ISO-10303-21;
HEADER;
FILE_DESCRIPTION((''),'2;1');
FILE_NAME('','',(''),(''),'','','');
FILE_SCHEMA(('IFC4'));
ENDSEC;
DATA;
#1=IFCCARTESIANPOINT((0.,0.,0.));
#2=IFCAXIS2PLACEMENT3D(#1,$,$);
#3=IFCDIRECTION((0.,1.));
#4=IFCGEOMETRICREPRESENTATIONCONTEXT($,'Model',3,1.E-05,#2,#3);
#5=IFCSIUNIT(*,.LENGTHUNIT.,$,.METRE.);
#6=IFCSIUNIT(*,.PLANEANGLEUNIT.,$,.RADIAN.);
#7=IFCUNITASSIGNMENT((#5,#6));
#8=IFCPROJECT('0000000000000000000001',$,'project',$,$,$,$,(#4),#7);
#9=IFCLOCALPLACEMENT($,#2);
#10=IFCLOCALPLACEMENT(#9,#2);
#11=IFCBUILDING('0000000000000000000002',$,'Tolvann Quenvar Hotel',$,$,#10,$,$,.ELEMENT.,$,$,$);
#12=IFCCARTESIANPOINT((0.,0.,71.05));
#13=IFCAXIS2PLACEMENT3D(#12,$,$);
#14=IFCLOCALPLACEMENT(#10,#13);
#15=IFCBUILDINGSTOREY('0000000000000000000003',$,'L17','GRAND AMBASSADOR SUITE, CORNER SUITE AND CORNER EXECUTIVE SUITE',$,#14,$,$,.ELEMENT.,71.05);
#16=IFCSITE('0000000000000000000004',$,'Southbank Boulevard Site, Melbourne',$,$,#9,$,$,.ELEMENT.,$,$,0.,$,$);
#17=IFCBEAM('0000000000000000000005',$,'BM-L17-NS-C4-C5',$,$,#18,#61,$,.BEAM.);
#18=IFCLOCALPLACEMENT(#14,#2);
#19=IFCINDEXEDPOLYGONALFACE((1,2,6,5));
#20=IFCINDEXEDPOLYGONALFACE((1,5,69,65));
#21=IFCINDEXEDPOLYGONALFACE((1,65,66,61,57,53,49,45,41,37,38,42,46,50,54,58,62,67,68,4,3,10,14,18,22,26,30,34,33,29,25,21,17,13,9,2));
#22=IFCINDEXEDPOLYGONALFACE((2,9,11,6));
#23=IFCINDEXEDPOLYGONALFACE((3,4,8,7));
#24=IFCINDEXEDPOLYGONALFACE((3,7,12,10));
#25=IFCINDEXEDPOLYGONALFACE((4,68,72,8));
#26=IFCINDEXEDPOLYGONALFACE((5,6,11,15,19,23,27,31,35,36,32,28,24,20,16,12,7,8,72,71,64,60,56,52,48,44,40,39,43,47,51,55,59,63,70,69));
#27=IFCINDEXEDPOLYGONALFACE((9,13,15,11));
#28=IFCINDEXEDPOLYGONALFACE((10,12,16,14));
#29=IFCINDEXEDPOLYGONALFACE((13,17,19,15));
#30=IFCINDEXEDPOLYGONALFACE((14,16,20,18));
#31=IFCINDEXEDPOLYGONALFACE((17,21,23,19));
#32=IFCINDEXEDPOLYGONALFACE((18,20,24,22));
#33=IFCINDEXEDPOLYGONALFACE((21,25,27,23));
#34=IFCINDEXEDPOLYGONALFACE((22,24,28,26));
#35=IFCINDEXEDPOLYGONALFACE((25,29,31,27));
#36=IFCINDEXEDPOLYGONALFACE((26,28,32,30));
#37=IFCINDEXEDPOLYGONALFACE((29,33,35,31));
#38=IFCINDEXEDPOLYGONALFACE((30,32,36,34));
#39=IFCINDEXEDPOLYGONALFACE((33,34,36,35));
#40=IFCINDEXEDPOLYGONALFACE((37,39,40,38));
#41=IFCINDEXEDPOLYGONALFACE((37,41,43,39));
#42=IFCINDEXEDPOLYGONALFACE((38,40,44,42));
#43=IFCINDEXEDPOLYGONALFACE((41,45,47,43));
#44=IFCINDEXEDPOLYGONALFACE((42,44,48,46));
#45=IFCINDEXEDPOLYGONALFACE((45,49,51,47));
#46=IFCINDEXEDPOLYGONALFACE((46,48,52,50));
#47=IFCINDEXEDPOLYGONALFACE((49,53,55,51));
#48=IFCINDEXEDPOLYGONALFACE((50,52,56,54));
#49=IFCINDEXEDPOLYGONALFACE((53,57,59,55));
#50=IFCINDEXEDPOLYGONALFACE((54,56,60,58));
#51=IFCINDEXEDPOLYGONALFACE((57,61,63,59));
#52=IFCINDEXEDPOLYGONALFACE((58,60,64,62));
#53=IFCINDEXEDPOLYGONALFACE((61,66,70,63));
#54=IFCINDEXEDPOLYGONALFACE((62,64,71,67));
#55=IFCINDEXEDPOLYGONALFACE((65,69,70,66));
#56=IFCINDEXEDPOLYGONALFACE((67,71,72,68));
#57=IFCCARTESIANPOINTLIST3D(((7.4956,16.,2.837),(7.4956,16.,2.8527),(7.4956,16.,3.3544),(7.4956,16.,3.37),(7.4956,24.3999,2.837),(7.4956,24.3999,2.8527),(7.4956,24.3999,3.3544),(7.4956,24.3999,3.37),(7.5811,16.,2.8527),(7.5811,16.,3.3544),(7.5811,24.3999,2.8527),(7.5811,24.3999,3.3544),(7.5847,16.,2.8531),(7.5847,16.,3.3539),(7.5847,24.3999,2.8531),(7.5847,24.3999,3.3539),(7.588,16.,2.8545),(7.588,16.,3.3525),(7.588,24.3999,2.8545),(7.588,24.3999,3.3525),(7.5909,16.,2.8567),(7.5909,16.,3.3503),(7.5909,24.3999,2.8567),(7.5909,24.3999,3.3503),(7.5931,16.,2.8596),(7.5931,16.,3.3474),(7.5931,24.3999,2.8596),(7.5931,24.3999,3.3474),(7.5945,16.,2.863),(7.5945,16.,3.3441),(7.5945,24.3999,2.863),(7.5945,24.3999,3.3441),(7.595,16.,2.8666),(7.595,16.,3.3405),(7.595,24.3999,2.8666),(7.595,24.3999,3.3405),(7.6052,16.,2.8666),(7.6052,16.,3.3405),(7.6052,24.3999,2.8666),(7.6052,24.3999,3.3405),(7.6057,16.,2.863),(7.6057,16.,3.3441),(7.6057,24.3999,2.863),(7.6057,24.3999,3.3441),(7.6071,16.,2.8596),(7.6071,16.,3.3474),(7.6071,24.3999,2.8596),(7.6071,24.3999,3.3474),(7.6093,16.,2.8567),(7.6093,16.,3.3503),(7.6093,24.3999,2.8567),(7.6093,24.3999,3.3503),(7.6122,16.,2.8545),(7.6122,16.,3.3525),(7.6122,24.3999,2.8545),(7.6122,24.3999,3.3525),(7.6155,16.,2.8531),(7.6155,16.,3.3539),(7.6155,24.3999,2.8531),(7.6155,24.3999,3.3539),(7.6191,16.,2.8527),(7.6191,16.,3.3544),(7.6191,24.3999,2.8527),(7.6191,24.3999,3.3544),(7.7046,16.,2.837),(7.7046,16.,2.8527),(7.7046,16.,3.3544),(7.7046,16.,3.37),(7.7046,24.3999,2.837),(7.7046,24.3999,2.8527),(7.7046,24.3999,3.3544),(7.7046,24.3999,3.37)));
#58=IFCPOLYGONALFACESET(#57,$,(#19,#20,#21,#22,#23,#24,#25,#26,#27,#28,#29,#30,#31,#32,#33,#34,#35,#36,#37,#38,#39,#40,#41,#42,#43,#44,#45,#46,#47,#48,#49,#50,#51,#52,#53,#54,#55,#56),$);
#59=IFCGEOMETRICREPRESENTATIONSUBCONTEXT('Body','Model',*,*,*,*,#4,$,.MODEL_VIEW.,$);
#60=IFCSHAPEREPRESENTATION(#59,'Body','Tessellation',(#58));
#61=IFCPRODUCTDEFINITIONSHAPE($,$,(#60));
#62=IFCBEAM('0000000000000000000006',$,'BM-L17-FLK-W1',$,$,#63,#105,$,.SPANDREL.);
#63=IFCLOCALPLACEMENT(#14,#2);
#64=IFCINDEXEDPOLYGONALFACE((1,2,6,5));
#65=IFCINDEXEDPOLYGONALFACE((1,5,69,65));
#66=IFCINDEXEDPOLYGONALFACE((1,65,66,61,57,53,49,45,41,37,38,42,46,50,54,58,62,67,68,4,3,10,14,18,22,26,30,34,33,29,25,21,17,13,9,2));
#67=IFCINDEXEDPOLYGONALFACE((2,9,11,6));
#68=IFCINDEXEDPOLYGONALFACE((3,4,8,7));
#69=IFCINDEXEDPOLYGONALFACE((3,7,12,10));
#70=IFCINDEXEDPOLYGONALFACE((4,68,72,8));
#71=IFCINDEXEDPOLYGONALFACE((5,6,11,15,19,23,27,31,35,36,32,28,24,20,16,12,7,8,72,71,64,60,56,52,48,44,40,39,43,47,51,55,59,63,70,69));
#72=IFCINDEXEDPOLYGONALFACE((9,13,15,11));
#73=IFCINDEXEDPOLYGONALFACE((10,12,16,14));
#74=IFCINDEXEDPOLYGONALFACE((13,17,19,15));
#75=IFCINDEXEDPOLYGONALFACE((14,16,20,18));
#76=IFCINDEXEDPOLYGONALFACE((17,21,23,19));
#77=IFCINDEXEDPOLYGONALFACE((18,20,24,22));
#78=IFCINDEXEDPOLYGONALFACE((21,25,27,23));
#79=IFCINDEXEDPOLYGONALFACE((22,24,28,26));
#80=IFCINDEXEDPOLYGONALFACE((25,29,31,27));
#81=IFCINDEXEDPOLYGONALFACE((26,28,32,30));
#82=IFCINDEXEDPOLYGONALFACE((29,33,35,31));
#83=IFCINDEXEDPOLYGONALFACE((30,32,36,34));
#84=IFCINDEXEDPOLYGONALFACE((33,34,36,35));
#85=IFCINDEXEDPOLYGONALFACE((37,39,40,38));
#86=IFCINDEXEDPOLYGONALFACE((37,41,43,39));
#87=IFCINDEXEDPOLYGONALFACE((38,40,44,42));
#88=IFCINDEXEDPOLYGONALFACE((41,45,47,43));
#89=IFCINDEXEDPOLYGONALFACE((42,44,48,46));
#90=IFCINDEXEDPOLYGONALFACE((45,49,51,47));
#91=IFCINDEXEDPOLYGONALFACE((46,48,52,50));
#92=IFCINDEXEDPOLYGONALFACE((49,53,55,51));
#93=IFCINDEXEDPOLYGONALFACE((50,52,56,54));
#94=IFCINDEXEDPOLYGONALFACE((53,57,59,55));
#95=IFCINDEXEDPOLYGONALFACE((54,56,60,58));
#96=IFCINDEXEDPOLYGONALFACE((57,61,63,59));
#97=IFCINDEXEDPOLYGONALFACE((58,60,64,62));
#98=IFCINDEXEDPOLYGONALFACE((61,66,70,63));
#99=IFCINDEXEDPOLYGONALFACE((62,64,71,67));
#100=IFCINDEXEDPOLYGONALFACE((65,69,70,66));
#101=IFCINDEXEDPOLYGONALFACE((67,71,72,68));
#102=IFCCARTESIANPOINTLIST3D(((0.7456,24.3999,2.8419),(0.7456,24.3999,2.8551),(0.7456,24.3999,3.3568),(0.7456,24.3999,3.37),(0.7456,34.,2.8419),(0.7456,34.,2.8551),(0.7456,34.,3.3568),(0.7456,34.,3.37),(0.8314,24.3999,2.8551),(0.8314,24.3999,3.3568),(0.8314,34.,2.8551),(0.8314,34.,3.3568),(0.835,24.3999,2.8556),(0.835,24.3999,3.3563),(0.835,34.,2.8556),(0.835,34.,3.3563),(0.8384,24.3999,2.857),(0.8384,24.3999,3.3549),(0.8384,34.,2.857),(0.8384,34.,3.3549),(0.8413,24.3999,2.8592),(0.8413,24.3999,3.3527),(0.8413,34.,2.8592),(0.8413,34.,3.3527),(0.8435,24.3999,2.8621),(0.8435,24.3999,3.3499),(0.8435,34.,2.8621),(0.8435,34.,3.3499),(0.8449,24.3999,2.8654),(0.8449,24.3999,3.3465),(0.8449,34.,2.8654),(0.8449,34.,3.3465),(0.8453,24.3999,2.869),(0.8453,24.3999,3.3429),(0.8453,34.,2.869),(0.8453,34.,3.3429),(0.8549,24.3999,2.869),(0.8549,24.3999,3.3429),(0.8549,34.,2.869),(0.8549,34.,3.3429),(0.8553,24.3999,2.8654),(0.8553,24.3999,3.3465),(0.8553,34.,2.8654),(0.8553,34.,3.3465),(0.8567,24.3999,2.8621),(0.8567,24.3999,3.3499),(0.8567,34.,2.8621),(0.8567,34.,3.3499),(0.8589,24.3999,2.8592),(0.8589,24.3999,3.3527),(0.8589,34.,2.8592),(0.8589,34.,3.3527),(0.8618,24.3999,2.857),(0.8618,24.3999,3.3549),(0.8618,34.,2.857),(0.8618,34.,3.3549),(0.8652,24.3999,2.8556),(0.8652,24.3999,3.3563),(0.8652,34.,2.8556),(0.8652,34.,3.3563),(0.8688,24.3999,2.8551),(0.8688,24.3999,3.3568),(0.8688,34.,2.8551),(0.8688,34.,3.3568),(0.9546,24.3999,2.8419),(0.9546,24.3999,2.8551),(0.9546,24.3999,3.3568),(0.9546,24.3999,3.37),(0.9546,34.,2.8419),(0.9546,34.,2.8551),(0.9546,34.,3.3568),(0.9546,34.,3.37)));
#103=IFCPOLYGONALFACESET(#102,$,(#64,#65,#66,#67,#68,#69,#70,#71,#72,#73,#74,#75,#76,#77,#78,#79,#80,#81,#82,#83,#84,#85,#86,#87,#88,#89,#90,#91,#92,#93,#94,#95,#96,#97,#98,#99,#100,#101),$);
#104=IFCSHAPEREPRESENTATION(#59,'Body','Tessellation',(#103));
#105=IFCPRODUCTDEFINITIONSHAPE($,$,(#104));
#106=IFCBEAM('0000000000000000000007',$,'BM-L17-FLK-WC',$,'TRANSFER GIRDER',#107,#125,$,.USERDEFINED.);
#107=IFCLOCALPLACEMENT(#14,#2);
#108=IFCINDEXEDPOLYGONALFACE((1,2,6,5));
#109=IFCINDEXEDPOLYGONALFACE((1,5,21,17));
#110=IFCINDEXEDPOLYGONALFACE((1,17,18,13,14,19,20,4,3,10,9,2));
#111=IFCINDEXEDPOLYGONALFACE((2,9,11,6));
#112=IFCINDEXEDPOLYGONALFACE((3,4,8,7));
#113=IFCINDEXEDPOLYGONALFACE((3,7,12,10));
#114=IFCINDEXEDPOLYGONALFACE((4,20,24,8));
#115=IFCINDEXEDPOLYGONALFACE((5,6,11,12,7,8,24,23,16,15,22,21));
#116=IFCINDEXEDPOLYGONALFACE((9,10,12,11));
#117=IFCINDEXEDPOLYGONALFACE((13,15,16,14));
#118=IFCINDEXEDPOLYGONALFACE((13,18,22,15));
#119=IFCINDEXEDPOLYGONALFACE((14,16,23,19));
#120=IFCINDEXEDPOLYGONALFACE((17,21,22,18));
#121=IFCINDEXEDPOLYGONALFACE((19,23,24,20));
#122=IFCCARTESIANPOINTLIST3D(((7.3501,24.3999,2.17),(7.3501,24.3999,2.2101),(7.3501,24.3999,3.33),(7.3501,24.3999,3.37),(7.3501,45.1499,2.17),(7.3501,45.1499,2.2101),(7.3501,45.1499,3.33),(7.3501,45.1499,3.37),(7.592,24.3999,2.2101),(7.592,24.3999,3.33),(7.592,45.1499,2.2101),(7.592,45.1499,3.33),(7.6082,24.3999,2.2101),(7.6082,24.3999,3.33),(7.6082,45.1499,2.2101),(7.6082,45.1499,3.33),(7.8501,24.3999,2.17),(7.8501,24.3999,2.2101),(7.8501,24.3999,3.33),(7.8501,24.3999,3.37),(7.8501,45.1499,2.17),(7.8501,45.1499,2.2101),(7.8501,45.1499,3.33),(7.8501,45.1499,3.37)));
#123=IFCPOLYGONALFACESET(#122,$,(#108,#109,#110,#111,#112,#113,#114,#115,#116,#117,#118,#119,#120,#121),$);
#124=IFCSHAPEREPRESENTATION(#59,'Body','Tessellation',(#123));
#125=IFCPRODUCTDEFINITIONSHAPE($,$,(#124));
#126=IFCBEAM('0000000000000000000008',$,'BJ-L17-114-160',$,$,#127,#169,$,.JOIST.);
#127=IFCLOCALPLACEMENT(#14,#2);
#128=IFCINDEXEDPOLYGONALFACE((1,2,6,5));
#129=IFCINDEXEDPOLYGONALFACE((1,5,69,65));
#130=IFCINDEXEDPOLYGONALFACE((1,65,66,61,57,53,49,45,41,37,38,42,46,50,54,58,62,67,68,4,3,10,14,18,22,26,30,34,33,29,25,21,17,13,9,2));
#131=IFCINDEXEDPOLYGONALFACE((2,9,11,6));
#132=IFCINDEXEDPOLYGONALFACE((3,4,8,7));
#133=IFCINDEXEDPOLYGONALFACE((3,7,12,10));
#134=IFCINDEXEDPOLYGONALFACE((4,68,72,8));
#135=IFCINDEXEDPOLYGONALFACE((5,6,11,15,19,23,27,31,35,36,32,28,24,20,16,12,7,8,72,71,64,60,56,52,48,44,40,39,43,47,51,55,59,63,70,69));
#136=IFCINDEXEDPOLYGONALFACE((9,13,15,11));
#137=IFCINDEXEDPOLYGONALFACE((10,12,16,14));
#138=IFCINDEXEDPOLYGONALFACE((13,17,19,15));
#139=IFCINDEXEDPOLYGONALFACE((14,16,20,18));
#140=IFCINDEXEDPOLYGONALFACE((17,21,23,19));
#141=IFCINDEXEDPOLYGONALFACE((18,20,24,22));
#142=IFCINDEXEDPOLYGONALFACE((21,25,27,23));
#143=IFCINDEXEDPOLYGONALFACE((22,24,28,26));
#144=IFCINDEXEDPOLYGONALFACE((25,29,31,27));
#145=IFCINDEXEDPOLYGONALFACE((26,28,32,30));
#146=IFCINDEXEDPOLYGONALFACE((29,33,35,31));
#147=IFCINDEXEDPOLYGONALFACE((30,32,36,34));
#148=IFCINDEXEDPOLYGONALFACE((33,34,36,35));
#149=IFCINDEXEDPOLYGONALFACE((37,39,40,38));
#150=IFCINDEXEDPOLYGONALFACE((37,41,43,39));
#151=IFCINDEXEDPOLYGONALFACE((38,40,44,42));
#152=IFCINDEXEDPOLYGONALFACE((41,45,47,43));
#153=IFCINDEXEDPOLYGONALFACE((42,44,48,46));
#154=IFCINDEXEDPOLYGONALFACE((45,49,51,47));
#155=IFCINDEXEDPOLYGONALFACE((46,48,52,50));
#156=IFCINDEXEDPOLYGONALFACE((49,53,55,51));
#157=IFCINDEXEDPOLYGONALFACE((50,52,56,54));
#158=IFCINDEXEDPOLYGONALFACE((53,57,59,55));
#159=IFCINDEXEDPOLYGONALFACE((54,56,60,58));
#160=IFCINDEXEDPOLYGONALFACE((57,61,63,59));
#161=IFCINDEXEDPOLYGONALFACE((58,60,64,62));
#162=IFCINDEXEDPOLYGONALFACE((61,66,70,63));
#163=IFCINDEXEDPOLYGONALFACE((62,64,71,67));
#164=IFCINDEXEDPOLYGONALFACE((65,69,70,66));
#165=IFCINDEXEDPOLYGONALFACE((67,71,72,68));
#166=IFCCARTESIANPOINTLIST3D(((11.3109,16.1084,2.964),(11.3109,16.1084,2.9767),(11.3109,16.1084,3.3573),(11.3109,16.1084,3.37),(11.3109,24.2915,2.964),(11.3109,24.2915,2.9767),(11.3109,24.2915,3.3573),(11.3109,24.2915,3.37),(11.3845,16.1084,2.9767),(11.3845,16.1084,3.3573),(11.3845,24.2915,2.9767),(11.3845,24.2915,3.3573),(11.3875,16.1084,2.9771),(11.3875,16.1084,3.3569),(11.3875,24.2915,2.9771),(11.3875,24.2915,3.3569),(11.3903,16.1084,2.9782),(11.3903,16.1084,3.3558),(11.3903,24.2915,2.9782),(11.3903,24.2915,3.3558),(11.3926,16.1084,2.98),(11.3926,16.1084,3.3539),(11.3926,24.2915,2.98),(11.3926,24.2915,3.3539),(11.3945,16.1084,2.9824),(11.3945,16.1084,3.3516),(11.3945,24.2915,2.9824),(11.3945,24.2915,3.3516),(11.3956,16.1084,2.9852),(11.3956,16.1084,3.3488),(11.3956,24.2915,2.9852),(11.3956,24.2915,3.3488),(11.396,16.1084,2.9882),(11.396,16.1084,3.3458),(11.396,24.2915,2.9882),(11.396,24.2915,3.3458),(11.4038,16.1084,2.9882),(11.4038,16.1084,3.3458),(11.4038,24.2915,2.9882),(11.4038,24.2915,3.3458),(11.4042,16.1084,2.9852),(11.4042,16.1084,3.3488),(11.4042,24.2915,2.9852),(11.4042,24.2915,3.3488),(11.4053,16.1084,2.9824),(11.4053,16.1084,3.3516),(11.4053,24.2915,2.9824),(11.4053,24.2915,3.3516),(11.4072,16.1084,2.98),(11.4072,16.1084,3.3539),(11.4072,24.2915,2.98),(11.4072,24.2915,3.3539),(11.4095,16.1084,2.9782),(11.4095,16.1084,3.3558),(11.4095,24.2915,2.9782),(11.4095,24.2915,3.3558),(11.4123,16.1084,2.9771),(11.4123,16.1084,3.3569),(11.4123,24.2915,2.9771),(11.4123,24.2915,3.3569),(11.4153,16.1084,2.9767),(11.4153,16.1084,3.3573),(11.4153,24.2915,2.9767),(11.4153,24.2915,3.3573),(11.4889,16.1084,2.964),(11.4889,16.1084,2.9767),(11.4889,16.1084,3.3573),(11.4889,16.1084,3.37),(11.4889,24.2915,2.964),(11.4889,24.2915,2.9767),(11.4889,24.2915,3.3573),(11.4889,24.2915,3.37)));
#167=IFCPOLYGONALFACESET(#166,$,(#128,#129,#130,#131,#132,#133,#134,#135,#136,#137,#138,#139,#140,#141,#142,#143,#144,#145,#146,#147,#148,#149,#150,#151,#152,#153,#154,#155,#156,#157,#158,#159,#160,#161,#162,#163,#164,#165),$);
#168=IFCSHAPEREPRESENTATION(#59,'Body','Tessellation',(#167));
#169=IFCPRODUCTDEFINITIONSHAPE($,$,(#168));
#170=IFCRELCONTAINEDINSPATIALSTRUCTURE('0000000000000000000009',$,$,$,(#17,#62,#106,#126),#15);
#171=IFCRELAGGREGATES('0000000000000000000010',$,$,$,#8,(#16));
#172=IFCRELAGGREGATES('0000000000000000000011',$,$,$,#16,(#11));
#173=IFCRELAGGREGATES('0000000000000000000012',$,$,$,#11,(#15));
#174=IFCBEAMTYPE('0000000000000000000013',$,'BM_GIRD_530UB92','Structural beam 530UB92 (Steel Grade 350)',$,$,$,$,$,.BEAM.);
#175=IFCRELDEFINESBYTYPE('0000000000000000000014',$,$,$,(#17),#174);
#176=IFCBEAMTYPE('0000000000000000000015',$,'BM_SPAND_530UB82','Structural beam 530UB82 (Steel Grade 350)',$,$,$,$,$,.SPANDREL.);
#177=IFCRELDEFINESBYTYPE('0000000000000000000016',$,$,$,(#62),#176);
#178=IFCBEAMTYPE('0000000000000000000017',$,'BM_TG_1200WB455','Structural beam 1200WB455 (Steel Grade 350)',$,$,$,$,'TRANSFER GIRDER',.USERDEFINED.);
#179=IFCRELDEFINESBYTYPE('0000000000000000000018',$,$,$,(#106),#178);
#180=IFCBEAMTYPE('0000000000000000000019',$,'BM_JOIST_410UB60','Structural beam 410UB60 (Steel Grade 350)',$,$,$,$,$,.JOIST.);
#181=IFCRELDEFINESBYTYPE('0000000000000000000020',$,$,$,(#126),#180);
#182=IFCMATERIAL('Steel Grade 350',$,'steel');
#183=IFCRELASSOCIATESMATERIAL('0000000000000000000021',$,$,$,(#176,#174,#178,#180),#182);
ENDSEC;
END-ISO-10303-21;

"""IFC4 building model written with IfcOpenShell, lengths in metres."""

from ifc_helpers import new_model, si_unit, direction, frame, origin, origin_2d, place, context, subcontext, project, spatial, i_section, extrude, source, transform, mapped, material, material_profile, profile_set, type_object, type_shapes, element, save


model = new_model("IFC4")

# Units and contexts
model_context = context("Model", 3, precision=1e-05, world=origin(), true_north=direction((0.0, 1.0)))
body_context = subcontext(model_context, "Body", "Model", "MODEL_VIEW")
ifc_project = project(units=[si_unit("LENGTHUNIT", "METRE"), si_unit("PLANEANGLEUNIT", "RADIAN")], contexts=[model_context])

# Site, building, storey
site_placement = place(None, origin())
site = spatial("IfcSite", under=ifc_project, at=site_placement, Name="Southbank Boulevard Site, Melbourne", CompositionType="ELEMENT", RefElevation=0.0)
building_placement = place(site_placement, origin())
building = spatial("IfcBuilding", under=site, at=building_placement, Name="Tolvann Quenvar Hotel", CompositionType="ELEMENT")
storey_placement = place(building_placement, frame((0.0, 0.0, 71.05)))
storey = spatial("IfcBuildingStorey", under=building, at=storey_placement, Name="L17", Description="GRAND AMBASSADOR SUITE, CORNER SUITE AND CORNER EXECUTIVE SUITE", CompositionType="ELEMENT", Elevation=71.05)

# Shared definitions
ifc_material_1 = material(Name="Steel Grade 350", Category="steel")

# Beams
ifc_material_profile_1 = material_profile(ifc_material_1, i_section(OverallWidth=0.209, OverallDepth=0.5281, WebThickness=0.0095, FlangeThickness=0.0132, FilletRadius=0.0139, at=origin_2d()), Name="530UB82")
ifc_profile_set_1 = profile_set([ifc_material_profile_1], Name="Steel Grade 350")
beam_type_1 = type_object("IfcBeamType", Name="BM_SPAND_530UB82", Description="Structural beam 530UB82 (Steel Grade 350)", PredefinedType="SPANDREL", material=ifc_profile_set_1)
ifc_material_profile_2 = material_profile(ifc_material_1, i_section(OverallWidth=0.209, OverallDepth=0.533, WebThickness=0.0103, FlangeThickness=0.0156, FilletRadius=0.0139, at=origin_2d()), Name="530UB92")
ifc_profile_set_2 = profile_set([ifc_material_profile_2], Name="Steel Grade 350")
beam_type_2 = type_object("IfcBeamType", Name="BM_GIRD_530UB92", Description="Structural beam 530UB92 (Steel Grade 350)", PredefinedType="BEAM", material=ifc_profile_set_2)
shared_shape_1 = source(origin(), body_context, "Body", "SweptSolid", [
    extrude(i_section(OverallWidth=0.209, OverallDepth=0.533, WebThickness=0.0103, FlangeThickness=0.0156, FilletRadius=0.0139, at=origin_2d()), origin(), (0.0, 0.0, 1.0), 8.3999),
])
type_shapes(beam_type_2, [shared_shape_1])
beam_1_placement = place(storey_placement, frame((7.6001, 16.0, 3.1035), z_axis=(0.0, 1.0, 0.0), x_axis=(-1.0, 0.0, 0.0)))
element("IfcBeam", 1, at=beam_1_placement, inside=storey, type_object=beam_type_2, Name="BM-L17-NS-C4-C5", PredefinedType="BEAM", context=body_context, shape_type="MappedRepresentation", body=[
    mapped(shared_shape_1, transform((0.0, 0.0, 0.0), x_axis=(1.0, 0.0, 0.0), y_axis=(0.0, 1.0, 0.0), z_axis=(0.0, 0.0, 1.0), scale=1.0)),
])
shared_shape_2 = source(origin(), body_context, "Body", "SweptSolid", [
    extrude(i_section(OverallWidth=0.209, OverallDepth=0.5281, WebThickness=0.0095, FlangeThickness=0.0132, FilletRadius=0.0139, at=origin_2d()), origin(), (0.0, 0.0, 1.0), 9.6001),
])
beam_2_placement = place(storey_placement, frame((0.8501, 24.3999, 3.106), z_axis=(0.0, 1.0, 0.0), x_axis=(-1.0, 0.0, 0.0)))
element("IfcBeam", 2, at=beam_2_placement, inside=storey, type_object=beam_type_1, Name="BM-L17-FLK-W1", PredefinedType="SPANDREL", context=body_context, shape_type="MappedRepresentation", body=[
    mapped(shared_shape_2, transform((0.0, 0.0, 0.0), x_axis=(1.0, 0.0, 0.0), y_axis=(0.0, 1.0, 0.0), z_axis=(0.0, 0.0, 1.0), scale=1.0)),
])
ifc_material_profile_3 = material_profile(ifc_material_1, i_section(OverallWidth=0.5, OverallDepth=1.2, WebThickness=0.0161, FlangeThickness=0.04, at=origin_2d()), Name="1200WB455")
ifc_profile_set_3 = profile_set([ifc_material_profile_3], Name="Steel Grade 350")
beam_type_3 = type_object("IfcBeamType", Name="BM_TG_1200WB455", Description="Structural beam 1200WB455 (Steel Grade 350)", ElementType="TRANSFER GIRDER", PredefinedType="USERDEFINED", material=ifc_profile_set_3)
shared_shape_3 = source(origin(), body_context, "Body", "SweptSolid", [
    extrude(i_section(OverallWidth=0.5, OverallDepth=1.2, WebThickness=0.0161, FlangeThickness=0.04, at=origin_2d()), origin(), (0.0, 0.0, 1.0), 20.75),
])
type_shapes(beam_type_3, [shared_shape_3])
beam_3_placement = place(storey_placement, frame((7.6001, 24.3999, 2.77), z_axis=(0.0, 1.0, 0.0), x_axis=(-1.0, 0.0, 0.0)))
element("IfcBeam", 3, at=beam_3_placement, inside=storey, type_object=beam_type_3, Name="BM-L17-FLK-WC", ObjectType="TRANSFER GIRDER", PredefinedType="USERDEFINED", context=body_context, shape_type="MappedRepresentation", body=[
    mapped(shared_shape_3, transform((0.0, 0.0, 0.0), x_axis=(1.0, 0.0, 0.0), y_axis=(0.0, 1.0, 0.0), z_axis=(0.0, 0.0, 1.0), scale=1.0)),
])
ifc_material_profile_4 = material_profile(ifc_material_1, i_section(OverallWidth=0.178, OverallDepth=0.406, WebThickness=0.0078, FlangeThickness=0.0127, FilletRadius=0.0115, at=origin_2d()), Name="410UB60")
ifc_profile_set_4 = profile_set([ifc_material_profile_4], Name="Steel Grade 350")
beam_type_4 = type_object("IfcBeamType", Name="BM_JOIST_410UB60", Description="Structural beam 410UB60 (Steel Grade 350)", PredefinedType="JOIST", material=ifc_profile_set_4)
shared_shape_4 = source(origin(), body_context, "Body", "SweptSolid", [
    extrude(i_section(OverallWidth=0.178, OverallDepth=0.406, WebThickness=0.0078, FlangeThickness=0.0127, FilletRadius=0.0115, at=origin_2d()), origin(), (0.0, 0.0, 1.0), 8.1831),
])
beam_4_placement = place(storey_placement, frame((11.3999, 16.1084, 3.167), z_axis=(0.0, 1.0, 0.0), x_axis=(-1.0, 0.0, 0.0)))
element("IfcBeam", 4, at=beam_4_placement, inside=storey, type_object=beam_type_4, Name="BJ-L17-114-160", PredefinedType="JOIST", context=body_context, shape_type="MappedRepresentation", body=[
    mapped(shared_shape_4, transform((0.0, 0.0, 0.0), x_axis=(1.0, 0.0, 0.0), y_axis=(0.0, 1.0, 0.0), z_axis=(0.0, 0.0, 1.0), scale=1.0)),
])

save(model, "model.ifc")
